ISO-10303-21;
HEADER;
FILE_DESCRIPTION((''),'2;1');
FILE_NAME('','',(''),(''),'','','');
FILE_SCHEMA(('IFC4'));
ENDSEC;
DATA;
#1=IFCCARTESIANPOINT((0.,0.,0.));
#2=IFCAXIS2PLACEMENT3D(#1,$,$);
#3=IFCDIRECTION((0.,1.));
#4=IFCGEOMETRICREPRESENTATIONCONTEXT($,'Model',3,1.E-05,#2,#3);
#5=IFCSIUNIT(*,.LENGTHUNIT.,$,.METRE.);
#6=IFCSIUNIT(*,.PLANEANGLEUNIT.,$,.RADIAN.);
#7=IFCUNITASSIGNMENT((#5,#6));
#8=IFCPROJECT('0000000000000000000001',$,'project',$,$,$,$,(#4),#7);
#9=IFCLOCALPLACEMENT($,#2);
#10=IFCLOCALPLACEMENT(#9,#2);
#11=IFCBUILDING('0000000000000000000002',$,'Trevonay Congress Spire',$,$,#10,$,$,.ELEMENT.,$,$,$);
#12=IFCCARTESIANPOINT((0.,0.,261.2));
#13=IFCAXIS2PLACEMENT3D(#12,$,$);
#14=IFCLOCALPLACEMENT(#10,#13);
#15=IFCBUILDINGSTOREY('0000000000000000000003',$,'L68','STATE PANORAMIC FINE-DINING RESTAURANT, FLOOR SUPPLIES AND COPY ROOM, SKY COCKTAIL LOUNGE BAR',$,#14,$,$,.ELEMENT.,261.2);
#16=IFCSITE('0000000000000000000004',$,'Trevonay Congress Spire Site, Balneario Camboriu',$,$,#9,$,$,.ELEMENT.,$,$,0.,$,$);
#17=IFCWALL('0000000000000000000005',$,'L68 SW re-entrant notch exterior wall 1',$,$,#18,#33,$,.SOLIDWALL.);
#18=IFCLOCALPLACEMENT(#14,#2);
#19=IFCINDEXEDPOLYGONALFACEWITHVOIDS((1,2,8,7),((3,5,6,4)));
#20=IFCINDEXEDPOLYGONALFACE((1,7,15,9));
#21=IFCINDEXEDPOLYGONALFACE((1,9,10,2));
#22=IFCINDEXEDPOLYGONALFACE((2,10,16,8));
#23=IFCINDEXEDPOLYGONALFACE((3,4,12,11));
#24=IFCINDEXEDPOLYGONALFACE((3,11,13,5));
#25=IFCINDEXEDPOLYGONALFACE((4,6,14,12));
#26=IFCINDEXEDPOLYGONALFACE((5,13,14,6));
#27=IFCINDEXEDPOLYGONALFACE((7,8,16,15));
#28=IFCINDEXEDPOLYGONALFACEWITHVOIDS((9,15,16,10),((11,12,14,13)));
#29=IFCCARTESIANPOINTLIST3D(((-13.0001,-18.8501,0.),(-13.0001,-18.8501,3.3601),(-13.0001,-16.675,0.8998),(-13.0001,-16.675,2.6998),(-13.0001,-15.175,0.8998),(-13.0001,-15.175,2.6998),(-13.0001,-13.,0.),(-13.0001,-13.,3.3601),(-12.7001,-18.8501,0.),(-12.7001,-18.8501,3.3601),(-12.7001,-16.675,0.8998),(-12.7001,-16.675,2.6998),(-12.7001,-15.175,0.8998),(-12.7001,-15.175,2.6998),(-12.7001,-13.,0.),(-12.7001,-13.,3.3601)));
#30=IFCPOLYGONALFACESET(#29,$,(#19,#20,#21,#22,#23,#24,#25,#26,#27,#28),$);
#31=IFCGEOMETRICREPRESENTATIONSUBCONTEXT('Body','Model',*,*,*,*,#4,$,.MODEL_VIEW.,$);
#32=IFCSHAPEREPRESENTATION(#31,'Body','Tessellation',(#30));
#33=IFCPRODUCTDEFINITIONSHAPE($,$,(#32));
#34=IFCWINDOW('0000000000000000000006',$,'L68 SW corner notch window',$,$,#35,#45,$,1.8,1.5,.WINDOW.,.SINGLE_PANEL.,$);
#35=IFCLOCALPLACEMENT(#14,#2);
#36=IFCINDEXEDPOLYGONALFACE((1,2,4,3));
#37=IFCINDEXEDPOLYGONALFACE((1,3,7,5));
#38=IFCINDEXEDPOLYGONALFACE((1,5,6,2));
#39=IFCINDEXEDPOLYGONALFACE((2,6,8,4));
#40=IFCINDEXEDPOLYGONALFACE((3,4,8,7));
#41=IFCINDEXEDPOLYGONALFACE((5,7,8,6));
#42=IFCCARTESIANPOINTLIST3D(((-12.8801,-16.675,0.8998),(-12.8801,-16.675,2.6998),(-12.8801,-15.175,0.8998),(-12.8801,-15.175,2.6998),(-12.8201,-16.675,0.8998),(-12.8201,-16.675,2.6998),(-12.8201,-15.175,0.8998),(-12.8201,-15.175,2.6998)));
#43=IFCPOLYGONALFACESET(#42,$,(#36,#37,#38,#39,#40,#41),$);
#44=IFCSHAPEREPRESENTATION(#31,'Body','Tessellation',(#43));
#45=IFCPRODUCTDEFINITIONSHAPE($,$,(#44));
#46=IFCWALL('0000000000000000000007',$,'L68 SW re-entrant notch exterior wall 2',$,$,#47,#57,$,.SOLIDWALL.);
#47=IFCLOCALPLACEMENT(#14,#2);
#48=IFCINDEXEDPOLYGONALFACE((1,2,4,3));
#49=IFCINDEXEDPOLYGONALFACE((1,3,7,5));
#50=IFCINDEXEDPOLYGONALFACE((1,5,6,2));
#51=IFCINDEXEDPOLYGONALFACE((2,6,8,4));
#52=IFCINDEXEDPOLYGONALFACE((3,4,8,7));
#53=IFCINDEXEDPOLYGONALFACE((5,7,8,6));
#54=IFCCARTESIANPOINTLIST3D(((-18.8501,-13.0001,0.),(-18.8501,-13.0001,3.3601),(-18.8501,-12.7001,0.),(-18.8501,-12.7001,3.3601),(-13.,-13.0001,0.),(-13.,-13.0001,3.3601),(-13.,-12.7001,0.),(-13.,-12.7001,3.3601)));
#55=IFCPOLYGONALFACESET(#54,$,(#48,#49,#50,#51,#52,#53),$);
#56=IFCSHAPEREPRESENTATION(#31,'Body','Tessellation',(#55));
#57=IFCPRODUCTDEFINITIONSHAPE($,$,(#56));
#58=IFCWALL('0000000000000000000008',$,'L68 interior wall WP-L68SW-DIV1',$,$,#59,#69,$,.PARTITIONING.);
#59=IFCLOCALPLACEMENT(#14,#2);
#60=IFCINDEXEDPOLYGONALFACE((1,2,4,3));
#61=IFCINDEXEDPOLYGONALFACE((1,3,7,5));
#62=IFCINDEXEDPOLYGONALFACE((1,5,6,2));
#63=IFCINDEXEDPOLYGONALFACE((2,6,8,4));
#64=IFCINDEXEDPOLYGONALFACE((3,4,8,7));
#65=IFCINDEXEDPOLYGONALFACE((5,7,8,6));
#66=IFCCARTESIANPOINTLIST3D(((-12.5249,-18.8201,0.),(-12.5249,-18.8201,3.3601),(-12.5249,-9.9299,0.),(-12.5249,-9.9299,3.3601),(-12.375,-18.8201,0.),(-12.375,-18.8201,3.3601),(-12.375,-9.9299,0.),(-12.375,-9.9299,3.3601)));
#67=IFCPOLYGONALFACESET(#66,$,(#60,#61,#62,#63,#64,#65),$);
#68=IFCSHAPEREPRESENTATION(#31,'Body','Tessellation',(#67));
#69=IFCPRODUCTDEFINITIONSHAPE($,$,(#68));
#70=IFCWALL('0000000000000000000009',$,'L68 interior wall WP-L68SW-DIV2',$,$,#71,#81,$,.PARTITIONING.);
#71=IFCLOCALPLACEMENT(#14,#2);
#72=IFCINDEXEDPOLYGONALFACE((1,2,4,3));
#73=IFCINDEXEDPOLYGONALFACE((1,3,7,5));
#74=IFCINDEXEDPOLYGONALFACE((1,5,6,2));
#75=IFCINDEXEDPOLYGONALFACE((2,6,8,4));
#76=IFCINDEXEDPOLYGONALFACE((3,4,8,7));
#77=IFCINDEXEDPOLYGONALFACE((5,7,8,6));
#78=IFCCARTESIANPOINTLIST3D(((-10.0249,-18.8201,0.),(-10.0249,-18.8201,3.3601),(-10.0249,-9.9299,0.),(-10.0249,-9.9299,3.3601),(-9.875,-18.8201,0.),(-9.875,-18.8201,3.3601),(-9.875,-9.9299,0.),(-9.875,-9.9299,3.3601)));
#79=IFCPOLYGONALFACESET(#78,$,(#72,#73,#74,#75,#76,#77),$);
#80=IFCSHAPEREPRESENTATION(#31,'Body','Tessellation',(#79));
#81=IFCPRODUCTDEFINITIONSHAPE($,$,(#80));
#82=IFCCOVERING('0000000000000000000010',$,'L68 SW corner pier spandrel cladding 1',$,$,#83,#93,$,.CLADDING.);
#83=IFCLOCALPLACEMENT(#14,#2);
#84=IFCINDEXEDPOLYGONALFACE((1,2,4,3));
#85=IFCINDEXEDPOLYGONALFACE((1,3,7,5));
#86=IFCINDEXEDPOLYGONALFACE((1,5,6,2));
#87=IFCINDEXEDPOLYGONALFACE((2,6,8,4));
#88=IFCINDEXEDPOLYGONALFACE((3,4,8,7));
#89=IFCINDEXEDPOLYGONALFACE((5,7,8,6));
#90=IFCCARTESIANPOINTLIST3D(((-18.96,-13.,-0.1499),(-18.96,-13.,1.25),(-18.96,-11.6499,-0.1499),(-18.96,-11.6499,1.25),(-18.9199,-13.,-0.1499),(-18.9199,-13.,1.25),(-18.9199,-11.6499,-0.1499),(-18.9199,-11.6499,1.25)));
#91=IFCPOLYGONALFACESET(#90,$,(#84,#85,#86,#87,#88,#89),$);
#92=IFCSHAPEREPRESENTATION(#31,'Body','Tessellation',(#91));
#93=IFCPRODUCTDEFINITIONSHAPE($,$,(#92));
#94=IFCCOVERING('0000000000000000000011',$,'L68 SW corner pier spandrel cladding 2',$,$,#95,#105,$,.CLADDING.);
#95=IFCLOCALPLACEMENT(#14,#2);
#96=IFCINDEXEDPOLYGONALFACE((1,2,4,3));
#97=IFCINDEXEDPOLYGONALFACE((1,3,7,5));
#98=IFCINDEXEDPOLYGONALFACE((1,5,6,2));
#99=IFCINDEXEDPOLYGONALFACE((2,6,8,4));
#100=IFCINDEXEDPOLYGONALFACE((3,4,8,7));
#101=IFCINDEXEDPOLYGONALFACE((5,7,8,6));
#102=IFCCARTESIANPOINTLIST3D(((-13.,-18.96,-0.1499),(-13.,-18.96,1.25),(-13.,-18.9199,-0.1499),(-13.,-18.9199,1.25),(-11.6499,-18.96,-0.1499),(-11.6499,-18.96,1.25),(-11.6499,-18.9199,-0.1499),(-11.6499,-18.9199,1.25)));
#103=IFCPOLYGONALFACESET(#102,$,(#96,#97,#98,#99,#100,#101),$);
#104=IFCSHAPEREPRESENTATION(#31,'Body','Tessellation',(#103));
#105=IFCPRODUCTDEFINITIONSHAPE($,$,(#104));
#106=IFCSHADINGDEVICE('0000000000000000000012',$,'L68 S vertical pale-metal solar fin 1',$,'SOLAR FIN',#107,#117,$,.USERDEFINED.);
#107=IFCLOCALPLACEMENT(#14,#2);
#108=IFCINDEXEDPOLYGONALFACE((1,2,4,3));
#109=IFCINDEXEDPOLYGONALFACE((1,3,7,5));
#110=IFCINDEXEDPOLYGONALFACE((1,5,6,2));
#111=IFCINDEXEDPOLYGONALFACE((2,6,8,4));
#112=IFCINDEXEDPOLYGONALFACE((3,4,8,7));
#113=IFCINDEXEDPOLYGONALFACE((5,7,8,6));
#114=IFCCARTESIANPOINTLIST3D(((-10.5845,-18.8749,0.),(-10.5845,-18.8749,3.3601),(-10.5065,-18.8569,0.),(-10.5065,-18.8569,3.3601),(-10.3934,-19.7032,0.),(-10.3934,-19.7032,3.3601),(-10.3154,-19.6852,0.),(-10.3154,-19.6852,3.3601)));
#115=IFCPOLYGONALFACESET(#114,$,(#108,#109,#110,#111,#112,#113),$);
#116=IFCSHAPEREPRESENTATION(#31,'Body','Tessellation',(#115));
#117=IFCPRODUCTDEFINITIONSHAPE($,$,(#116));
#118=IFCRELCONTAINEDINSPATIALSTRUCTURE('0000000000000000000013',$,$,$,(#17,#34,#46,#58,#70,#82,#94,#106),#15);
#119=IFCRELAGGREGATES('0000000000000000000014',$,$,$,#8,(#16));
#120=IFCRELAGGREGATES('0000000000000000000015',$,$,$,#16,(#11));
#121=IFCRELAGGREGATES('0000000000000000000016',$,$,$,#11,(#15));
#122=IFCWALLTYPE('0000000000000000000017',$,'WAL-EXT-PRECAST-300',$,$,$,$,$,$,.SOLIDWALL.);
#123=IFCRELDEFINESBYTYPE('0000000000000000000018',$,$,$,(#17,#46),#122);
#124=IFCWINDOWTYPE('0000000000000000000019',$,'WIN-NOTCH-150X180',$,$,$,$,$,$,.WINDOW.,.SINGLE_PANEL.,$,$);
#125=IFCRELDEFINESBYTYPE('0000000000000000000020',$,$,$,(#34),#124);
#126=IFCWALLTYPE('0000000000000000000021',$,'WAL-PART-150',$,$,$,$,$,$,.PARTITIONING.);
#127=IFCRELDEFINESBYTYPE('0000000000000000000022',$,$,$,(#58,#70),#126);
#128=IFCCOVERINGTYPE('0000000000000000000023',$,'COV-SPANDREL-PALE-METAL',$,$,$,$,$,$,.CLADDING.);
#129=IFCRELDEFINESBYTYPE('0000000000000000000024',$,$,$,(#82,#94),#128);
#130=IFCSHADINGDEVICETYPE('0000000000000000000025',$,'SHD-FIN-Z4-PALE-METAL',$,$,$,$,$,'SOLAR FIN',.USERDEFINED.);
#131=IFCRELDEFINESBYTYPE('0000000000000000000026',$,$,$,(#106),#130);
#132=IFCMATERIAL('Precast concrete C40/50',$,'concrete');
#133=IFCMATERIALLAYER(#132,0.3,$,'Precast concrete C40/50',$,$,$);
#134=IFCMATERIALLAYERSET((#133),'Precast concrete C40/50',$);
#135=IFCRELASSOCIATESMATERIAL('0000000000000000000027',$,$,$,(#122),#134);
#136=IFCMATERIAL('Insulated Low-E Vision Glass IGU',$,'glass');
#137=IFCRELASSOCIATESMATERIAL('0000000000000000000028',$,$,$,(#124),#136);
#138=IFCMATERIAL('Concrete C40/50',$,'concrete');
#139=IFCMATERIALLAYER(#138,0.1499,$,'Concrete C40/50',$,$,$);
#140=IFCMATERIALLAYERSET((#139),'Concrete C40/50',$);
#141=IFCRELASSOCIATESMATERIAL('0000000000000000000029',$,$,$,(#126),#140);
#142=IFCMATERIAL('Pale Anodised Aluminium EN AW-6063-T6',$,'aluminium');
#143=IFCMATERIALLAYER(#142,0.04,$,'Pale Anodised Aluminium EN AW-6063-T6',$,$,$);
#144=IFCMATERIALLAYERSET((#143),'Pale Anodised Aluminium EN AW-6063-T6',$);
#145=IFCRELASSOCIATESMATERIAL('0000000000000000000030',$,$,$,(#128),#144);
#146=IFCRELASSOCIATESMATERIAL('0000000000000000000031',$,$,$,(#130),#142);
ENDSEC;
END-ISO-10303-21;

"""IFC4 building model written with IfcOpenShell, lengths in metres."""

from ifc_helpers import new_model, si_unit, direction, frame, frame_2d, origin, origin_2d, place, context, subcontext, project, spatial, rectangle, extrude, material, layer, layer_set, type_object, element, fill, save


model = new_model("IFC4")

# Units and contexts
model_context = context("Model", 3, precision=1e-05, world=origin(), true_north=direction((0.0, 1.0)))
body_context = subcontext(model_context, "Body", "Model", "MODEL_VIEW")
ifc_project = project(units=[si_unit("LENGTHUNIT", "METRE"), si_unit("PLANEANGLEUNIT", "RADIAN")], contexts=[model_context])

# Site, building, storey
site_placement = place(None, origin())
site = spatial("IfcSite", under=ifc_project, at=site_placement, Name="Trevonay Congress Spire Site, Balneario Camboriu", CompositionType="ELEMENT", RefElevation=0.0)
building_placement = place(site_placement, origin())
building = spatial("IfcBuilding", under=site, at=building_placement, Name="Trevonay Congress Spire", CompositionType="ELEMENT")
storey_placement = place(building_placement, frame((0.0, 0.0, 261.2)))
storey = spatial("IfcBuildingStorey", under=building, at=storey_placement, Name="L68", Description="STATE PANORAMIC FINE-DINING RESTAURANT, FLOOR SUPPLIES AND COPY ROOM, SKY COCKTAIL LOUNGE BAR", CompositionType="ELEMENT", Elevation=261.2)

# Shared definitions
ifc_material_1 = material(Name="Pale Anodised Aluminium EN AW-6063-T6", Category="aluminium")

# Wall, opening, window
ifc_material_2 = material(Name="Precast concrete C40/50", Category="concrete")
ifc_layer_1 = layer(ifc_material_2, 0.3, Name="Precast concrete C40/50")
ifc_layer_set_1 = layer_set([ifc_layer_1], Name="Precast concrete C40/50")
wall_type_1 = type_object("IfcWallType", Name="WAL-EXT-PRECAST-300", PredefinedType="SOLIDWALL", material=ifc_layer_set_1)
wall_1_placement = place(storey_placement, frame((-12.8501, -18.8501, 0.0), z_axis=(0.0, 0.0, 1.0), x_axis=(0.0, 1.0, 0.0)))
wall_1 = element("IfcWall", 1, at=wall_1_placement, inside=storey, type_object=wall_type_1, Name="L68 SW re-entrant notch exterior wall 1", PredefinedType="SOLIDWALL", context=body_context, shape_type="SweptSolid", body=[
    extrude(rectangle(XDim=5.8501, YDim=0.3, at=frame_2d((2.925, 0.0))), origin(), (0.0, 0.0, 1.0), 3.3601),
])
opening_placement = place(wall_1_placement, frame((2.175, 0.0, 0.8999)))
opening = element("IfcOpeningElement", 2, at=opening_placement, cuts=wall_1, PredefinedType="OPENING", context=body_context, shape_type="SweptSolid", body=[
    extrude(rectangle(XDim=1.5, YDim=1.8, at=frame_2d((0.75, 0.8999))), frame((0.0, 0.1602, 0.0), z_axis=(0.0, -1.0, 0.0), x_axis=(1.0, 0.0, 0.0)), (0.0, 0.0, 1.0), 0.3201),
])
ifc_material_3 = material(Name="Insulated Low-E Vision Glass IGU", Category="glass")
window_type = type_object("IfcWindowType", Name="WIN-NOTCH-150X180", PartitioningType="SINGLE_PANEL", PredefinedType="WINDOW", material=ifc_material_3)
window_placement = place(opening_placement, origin())
window = element("IfcWindow", 3, at=window_placement, inside=storey, type_object=window_type, Name="L68 SW corner notch window", OverallHeight=1.8, OverallWidth=1.5, PartitioningType="SINGLE_PANEL", PredefinedType="WINDOW", context=body_context, shape_type="SweptSolid", body=[
    extrude(rectangle(XDim=1.5, YDim=1.8, at=frame_2d((0.75, 0.8999))), frame((0.0, 0.03, 0.0), z_axis=(0.0, -1.0, 0.0), x_axis=(1.0, 0.0, 0.0)), (0.0, 0.0, 1.0), 0.0601),
])
fill(opening, window)

# Walls
wall_2_placement = place(storey_placement, frame((-18.8501, -12.8501, 0.0), z_axis=(0.0, 0.0, 1.0), x_axis=(1.0, 0.0, 0.0)))
element("IfcWall", 4, at=wall_2_placement, inside=storey, type_object=wall_type_1, Name="L68 SW re-entrant notch exterior wall 2", PredefinedType="SOLIDWALL", context=body_context, shape_type="SweptSolid", body=[
    extrude(rectangle(XDim=5.8501, YDim=0.3, at=frame_2d((2.925, 0.0))), origin(), (0.0, 0.0, 1.0), 3.3601),
])
ifc_material_4 = material(Name="Concrete C40/50", Category="concrete")
ifc_layer_2 = layer(ifc_material_4, 0.1499, Name="Concrete C40/50")
ifc_layer_set_2 = layer_set([ifc_layer_2], Name="Concrete C40/50")
wall_type_2 = type_object("IfcWallType", Name="WAL-PART-150", PredefinedType="PARTITIONING", material=ifc_layer_set_2)
for number, where, z_axis, x_axis, name in (
    (5, (-12.45, -18.8201, 0.0), (0.0, 0.0, 1.0), (0.0, 1.0, 0.0), "L68 interior wall WP-L68SW-DIV1"),
    (6, (-9.95, -18.8201, 0.0), (0.0, 0.0, 1.0), (0.0, 1.0, 0.0), "L68 interior wall WP-L68SW-DIV2"),
):
    element("IfcWall", number, at=place(storey_placement, frame(where, z_axis=z_axis, x_axis=x_axis)), inside=storey, type_object=wall_type_2, Name=name, PredefinedType="PARTITIONING", context=body_context, shape_type="SweptSolid", body=[
        extrude(rectangle(XDim=8.8901, YDim=0.1499, at=frame_2d((4.4451, 0.0))), origin(), (0.0, 0.0, 1.0), 3.3601),
    ])

# Coverings
ifc_layer_3 = layer(ifc_material_1, 0.04, Name="Pale Anodised Aluminium EN AW-6063-T6")
ifc_layer_set_3 = layer_set([ifc_layer_3], Name="Pale Anodised Aluminium EN AW-6063-T6")
covering_type = type_object("IfcCoveringType", Name="COV-SPANDREL-PALE-METAL", PredefinedType="CLADDING", material=ifc_layer_set_3)
for number, where, z_axis, x_axis, name in (
    (7, (-18.9399, -11.6499, -0.1499), (0.0, 0.0, 1.0), (0.0, -1.0, 0.0), "L68 SW corner pier spandrel cladding 1"),
    (8, (-11.6499, -18.9399, -0.1499), (0.0, 0.0, 1.0), (-1.0, 0.0, 0.0), "L68 SW corner pier spandrel cladding 2"),
):
    element("IfcCovering", number, at=place(storey_placement, frame(where, z_axis=z_axis, x_axis=x_axis)), inside=storey, type_object=covering_type, Name=name, PredefinedType="CLADDING", context=body_context, shape_type="SweptSolid", body=[
        extrude(rectangle(XDim=1.3501, YDim=0.04, at=frame_2d((0.675, 0.0))), origin(), (0.0, 0.0, 1.0), 1.3999),
    ])

# Shading device
shading_device_type = type_object("IfcShadingDeviceType", Name="SHD-FIN-Z4-PALE-METAL", ElementType="SOLAR FIN", PredefinedType="USERDEFINED", material=ifc_material_1)
shading_device_placement = place(storey_placement, frame((-10.45, -19.28, 0.0), z_axis=(0.0, 0.0, 1.0), x_axis=(0.974409, 0.224781, 0.0)))
element("IfcShadingDevice", 9, at=shading_device_placement, inside=storey, type_object=shading_device_type, Name="L68 S vertical pale-metal solar fin 1", ObjectType="SOLAR FIN", PredefinedType="USERDEFINED", context=body_context, shape_type="SweptSolid", body=[
    extrude(rectangle(XDim=0.0801, YDim=0.8501, at=origin_2d()), origin(), (0.0, 0.0, 1.0), 3.3601),
])

save(model, "model.ifc")
